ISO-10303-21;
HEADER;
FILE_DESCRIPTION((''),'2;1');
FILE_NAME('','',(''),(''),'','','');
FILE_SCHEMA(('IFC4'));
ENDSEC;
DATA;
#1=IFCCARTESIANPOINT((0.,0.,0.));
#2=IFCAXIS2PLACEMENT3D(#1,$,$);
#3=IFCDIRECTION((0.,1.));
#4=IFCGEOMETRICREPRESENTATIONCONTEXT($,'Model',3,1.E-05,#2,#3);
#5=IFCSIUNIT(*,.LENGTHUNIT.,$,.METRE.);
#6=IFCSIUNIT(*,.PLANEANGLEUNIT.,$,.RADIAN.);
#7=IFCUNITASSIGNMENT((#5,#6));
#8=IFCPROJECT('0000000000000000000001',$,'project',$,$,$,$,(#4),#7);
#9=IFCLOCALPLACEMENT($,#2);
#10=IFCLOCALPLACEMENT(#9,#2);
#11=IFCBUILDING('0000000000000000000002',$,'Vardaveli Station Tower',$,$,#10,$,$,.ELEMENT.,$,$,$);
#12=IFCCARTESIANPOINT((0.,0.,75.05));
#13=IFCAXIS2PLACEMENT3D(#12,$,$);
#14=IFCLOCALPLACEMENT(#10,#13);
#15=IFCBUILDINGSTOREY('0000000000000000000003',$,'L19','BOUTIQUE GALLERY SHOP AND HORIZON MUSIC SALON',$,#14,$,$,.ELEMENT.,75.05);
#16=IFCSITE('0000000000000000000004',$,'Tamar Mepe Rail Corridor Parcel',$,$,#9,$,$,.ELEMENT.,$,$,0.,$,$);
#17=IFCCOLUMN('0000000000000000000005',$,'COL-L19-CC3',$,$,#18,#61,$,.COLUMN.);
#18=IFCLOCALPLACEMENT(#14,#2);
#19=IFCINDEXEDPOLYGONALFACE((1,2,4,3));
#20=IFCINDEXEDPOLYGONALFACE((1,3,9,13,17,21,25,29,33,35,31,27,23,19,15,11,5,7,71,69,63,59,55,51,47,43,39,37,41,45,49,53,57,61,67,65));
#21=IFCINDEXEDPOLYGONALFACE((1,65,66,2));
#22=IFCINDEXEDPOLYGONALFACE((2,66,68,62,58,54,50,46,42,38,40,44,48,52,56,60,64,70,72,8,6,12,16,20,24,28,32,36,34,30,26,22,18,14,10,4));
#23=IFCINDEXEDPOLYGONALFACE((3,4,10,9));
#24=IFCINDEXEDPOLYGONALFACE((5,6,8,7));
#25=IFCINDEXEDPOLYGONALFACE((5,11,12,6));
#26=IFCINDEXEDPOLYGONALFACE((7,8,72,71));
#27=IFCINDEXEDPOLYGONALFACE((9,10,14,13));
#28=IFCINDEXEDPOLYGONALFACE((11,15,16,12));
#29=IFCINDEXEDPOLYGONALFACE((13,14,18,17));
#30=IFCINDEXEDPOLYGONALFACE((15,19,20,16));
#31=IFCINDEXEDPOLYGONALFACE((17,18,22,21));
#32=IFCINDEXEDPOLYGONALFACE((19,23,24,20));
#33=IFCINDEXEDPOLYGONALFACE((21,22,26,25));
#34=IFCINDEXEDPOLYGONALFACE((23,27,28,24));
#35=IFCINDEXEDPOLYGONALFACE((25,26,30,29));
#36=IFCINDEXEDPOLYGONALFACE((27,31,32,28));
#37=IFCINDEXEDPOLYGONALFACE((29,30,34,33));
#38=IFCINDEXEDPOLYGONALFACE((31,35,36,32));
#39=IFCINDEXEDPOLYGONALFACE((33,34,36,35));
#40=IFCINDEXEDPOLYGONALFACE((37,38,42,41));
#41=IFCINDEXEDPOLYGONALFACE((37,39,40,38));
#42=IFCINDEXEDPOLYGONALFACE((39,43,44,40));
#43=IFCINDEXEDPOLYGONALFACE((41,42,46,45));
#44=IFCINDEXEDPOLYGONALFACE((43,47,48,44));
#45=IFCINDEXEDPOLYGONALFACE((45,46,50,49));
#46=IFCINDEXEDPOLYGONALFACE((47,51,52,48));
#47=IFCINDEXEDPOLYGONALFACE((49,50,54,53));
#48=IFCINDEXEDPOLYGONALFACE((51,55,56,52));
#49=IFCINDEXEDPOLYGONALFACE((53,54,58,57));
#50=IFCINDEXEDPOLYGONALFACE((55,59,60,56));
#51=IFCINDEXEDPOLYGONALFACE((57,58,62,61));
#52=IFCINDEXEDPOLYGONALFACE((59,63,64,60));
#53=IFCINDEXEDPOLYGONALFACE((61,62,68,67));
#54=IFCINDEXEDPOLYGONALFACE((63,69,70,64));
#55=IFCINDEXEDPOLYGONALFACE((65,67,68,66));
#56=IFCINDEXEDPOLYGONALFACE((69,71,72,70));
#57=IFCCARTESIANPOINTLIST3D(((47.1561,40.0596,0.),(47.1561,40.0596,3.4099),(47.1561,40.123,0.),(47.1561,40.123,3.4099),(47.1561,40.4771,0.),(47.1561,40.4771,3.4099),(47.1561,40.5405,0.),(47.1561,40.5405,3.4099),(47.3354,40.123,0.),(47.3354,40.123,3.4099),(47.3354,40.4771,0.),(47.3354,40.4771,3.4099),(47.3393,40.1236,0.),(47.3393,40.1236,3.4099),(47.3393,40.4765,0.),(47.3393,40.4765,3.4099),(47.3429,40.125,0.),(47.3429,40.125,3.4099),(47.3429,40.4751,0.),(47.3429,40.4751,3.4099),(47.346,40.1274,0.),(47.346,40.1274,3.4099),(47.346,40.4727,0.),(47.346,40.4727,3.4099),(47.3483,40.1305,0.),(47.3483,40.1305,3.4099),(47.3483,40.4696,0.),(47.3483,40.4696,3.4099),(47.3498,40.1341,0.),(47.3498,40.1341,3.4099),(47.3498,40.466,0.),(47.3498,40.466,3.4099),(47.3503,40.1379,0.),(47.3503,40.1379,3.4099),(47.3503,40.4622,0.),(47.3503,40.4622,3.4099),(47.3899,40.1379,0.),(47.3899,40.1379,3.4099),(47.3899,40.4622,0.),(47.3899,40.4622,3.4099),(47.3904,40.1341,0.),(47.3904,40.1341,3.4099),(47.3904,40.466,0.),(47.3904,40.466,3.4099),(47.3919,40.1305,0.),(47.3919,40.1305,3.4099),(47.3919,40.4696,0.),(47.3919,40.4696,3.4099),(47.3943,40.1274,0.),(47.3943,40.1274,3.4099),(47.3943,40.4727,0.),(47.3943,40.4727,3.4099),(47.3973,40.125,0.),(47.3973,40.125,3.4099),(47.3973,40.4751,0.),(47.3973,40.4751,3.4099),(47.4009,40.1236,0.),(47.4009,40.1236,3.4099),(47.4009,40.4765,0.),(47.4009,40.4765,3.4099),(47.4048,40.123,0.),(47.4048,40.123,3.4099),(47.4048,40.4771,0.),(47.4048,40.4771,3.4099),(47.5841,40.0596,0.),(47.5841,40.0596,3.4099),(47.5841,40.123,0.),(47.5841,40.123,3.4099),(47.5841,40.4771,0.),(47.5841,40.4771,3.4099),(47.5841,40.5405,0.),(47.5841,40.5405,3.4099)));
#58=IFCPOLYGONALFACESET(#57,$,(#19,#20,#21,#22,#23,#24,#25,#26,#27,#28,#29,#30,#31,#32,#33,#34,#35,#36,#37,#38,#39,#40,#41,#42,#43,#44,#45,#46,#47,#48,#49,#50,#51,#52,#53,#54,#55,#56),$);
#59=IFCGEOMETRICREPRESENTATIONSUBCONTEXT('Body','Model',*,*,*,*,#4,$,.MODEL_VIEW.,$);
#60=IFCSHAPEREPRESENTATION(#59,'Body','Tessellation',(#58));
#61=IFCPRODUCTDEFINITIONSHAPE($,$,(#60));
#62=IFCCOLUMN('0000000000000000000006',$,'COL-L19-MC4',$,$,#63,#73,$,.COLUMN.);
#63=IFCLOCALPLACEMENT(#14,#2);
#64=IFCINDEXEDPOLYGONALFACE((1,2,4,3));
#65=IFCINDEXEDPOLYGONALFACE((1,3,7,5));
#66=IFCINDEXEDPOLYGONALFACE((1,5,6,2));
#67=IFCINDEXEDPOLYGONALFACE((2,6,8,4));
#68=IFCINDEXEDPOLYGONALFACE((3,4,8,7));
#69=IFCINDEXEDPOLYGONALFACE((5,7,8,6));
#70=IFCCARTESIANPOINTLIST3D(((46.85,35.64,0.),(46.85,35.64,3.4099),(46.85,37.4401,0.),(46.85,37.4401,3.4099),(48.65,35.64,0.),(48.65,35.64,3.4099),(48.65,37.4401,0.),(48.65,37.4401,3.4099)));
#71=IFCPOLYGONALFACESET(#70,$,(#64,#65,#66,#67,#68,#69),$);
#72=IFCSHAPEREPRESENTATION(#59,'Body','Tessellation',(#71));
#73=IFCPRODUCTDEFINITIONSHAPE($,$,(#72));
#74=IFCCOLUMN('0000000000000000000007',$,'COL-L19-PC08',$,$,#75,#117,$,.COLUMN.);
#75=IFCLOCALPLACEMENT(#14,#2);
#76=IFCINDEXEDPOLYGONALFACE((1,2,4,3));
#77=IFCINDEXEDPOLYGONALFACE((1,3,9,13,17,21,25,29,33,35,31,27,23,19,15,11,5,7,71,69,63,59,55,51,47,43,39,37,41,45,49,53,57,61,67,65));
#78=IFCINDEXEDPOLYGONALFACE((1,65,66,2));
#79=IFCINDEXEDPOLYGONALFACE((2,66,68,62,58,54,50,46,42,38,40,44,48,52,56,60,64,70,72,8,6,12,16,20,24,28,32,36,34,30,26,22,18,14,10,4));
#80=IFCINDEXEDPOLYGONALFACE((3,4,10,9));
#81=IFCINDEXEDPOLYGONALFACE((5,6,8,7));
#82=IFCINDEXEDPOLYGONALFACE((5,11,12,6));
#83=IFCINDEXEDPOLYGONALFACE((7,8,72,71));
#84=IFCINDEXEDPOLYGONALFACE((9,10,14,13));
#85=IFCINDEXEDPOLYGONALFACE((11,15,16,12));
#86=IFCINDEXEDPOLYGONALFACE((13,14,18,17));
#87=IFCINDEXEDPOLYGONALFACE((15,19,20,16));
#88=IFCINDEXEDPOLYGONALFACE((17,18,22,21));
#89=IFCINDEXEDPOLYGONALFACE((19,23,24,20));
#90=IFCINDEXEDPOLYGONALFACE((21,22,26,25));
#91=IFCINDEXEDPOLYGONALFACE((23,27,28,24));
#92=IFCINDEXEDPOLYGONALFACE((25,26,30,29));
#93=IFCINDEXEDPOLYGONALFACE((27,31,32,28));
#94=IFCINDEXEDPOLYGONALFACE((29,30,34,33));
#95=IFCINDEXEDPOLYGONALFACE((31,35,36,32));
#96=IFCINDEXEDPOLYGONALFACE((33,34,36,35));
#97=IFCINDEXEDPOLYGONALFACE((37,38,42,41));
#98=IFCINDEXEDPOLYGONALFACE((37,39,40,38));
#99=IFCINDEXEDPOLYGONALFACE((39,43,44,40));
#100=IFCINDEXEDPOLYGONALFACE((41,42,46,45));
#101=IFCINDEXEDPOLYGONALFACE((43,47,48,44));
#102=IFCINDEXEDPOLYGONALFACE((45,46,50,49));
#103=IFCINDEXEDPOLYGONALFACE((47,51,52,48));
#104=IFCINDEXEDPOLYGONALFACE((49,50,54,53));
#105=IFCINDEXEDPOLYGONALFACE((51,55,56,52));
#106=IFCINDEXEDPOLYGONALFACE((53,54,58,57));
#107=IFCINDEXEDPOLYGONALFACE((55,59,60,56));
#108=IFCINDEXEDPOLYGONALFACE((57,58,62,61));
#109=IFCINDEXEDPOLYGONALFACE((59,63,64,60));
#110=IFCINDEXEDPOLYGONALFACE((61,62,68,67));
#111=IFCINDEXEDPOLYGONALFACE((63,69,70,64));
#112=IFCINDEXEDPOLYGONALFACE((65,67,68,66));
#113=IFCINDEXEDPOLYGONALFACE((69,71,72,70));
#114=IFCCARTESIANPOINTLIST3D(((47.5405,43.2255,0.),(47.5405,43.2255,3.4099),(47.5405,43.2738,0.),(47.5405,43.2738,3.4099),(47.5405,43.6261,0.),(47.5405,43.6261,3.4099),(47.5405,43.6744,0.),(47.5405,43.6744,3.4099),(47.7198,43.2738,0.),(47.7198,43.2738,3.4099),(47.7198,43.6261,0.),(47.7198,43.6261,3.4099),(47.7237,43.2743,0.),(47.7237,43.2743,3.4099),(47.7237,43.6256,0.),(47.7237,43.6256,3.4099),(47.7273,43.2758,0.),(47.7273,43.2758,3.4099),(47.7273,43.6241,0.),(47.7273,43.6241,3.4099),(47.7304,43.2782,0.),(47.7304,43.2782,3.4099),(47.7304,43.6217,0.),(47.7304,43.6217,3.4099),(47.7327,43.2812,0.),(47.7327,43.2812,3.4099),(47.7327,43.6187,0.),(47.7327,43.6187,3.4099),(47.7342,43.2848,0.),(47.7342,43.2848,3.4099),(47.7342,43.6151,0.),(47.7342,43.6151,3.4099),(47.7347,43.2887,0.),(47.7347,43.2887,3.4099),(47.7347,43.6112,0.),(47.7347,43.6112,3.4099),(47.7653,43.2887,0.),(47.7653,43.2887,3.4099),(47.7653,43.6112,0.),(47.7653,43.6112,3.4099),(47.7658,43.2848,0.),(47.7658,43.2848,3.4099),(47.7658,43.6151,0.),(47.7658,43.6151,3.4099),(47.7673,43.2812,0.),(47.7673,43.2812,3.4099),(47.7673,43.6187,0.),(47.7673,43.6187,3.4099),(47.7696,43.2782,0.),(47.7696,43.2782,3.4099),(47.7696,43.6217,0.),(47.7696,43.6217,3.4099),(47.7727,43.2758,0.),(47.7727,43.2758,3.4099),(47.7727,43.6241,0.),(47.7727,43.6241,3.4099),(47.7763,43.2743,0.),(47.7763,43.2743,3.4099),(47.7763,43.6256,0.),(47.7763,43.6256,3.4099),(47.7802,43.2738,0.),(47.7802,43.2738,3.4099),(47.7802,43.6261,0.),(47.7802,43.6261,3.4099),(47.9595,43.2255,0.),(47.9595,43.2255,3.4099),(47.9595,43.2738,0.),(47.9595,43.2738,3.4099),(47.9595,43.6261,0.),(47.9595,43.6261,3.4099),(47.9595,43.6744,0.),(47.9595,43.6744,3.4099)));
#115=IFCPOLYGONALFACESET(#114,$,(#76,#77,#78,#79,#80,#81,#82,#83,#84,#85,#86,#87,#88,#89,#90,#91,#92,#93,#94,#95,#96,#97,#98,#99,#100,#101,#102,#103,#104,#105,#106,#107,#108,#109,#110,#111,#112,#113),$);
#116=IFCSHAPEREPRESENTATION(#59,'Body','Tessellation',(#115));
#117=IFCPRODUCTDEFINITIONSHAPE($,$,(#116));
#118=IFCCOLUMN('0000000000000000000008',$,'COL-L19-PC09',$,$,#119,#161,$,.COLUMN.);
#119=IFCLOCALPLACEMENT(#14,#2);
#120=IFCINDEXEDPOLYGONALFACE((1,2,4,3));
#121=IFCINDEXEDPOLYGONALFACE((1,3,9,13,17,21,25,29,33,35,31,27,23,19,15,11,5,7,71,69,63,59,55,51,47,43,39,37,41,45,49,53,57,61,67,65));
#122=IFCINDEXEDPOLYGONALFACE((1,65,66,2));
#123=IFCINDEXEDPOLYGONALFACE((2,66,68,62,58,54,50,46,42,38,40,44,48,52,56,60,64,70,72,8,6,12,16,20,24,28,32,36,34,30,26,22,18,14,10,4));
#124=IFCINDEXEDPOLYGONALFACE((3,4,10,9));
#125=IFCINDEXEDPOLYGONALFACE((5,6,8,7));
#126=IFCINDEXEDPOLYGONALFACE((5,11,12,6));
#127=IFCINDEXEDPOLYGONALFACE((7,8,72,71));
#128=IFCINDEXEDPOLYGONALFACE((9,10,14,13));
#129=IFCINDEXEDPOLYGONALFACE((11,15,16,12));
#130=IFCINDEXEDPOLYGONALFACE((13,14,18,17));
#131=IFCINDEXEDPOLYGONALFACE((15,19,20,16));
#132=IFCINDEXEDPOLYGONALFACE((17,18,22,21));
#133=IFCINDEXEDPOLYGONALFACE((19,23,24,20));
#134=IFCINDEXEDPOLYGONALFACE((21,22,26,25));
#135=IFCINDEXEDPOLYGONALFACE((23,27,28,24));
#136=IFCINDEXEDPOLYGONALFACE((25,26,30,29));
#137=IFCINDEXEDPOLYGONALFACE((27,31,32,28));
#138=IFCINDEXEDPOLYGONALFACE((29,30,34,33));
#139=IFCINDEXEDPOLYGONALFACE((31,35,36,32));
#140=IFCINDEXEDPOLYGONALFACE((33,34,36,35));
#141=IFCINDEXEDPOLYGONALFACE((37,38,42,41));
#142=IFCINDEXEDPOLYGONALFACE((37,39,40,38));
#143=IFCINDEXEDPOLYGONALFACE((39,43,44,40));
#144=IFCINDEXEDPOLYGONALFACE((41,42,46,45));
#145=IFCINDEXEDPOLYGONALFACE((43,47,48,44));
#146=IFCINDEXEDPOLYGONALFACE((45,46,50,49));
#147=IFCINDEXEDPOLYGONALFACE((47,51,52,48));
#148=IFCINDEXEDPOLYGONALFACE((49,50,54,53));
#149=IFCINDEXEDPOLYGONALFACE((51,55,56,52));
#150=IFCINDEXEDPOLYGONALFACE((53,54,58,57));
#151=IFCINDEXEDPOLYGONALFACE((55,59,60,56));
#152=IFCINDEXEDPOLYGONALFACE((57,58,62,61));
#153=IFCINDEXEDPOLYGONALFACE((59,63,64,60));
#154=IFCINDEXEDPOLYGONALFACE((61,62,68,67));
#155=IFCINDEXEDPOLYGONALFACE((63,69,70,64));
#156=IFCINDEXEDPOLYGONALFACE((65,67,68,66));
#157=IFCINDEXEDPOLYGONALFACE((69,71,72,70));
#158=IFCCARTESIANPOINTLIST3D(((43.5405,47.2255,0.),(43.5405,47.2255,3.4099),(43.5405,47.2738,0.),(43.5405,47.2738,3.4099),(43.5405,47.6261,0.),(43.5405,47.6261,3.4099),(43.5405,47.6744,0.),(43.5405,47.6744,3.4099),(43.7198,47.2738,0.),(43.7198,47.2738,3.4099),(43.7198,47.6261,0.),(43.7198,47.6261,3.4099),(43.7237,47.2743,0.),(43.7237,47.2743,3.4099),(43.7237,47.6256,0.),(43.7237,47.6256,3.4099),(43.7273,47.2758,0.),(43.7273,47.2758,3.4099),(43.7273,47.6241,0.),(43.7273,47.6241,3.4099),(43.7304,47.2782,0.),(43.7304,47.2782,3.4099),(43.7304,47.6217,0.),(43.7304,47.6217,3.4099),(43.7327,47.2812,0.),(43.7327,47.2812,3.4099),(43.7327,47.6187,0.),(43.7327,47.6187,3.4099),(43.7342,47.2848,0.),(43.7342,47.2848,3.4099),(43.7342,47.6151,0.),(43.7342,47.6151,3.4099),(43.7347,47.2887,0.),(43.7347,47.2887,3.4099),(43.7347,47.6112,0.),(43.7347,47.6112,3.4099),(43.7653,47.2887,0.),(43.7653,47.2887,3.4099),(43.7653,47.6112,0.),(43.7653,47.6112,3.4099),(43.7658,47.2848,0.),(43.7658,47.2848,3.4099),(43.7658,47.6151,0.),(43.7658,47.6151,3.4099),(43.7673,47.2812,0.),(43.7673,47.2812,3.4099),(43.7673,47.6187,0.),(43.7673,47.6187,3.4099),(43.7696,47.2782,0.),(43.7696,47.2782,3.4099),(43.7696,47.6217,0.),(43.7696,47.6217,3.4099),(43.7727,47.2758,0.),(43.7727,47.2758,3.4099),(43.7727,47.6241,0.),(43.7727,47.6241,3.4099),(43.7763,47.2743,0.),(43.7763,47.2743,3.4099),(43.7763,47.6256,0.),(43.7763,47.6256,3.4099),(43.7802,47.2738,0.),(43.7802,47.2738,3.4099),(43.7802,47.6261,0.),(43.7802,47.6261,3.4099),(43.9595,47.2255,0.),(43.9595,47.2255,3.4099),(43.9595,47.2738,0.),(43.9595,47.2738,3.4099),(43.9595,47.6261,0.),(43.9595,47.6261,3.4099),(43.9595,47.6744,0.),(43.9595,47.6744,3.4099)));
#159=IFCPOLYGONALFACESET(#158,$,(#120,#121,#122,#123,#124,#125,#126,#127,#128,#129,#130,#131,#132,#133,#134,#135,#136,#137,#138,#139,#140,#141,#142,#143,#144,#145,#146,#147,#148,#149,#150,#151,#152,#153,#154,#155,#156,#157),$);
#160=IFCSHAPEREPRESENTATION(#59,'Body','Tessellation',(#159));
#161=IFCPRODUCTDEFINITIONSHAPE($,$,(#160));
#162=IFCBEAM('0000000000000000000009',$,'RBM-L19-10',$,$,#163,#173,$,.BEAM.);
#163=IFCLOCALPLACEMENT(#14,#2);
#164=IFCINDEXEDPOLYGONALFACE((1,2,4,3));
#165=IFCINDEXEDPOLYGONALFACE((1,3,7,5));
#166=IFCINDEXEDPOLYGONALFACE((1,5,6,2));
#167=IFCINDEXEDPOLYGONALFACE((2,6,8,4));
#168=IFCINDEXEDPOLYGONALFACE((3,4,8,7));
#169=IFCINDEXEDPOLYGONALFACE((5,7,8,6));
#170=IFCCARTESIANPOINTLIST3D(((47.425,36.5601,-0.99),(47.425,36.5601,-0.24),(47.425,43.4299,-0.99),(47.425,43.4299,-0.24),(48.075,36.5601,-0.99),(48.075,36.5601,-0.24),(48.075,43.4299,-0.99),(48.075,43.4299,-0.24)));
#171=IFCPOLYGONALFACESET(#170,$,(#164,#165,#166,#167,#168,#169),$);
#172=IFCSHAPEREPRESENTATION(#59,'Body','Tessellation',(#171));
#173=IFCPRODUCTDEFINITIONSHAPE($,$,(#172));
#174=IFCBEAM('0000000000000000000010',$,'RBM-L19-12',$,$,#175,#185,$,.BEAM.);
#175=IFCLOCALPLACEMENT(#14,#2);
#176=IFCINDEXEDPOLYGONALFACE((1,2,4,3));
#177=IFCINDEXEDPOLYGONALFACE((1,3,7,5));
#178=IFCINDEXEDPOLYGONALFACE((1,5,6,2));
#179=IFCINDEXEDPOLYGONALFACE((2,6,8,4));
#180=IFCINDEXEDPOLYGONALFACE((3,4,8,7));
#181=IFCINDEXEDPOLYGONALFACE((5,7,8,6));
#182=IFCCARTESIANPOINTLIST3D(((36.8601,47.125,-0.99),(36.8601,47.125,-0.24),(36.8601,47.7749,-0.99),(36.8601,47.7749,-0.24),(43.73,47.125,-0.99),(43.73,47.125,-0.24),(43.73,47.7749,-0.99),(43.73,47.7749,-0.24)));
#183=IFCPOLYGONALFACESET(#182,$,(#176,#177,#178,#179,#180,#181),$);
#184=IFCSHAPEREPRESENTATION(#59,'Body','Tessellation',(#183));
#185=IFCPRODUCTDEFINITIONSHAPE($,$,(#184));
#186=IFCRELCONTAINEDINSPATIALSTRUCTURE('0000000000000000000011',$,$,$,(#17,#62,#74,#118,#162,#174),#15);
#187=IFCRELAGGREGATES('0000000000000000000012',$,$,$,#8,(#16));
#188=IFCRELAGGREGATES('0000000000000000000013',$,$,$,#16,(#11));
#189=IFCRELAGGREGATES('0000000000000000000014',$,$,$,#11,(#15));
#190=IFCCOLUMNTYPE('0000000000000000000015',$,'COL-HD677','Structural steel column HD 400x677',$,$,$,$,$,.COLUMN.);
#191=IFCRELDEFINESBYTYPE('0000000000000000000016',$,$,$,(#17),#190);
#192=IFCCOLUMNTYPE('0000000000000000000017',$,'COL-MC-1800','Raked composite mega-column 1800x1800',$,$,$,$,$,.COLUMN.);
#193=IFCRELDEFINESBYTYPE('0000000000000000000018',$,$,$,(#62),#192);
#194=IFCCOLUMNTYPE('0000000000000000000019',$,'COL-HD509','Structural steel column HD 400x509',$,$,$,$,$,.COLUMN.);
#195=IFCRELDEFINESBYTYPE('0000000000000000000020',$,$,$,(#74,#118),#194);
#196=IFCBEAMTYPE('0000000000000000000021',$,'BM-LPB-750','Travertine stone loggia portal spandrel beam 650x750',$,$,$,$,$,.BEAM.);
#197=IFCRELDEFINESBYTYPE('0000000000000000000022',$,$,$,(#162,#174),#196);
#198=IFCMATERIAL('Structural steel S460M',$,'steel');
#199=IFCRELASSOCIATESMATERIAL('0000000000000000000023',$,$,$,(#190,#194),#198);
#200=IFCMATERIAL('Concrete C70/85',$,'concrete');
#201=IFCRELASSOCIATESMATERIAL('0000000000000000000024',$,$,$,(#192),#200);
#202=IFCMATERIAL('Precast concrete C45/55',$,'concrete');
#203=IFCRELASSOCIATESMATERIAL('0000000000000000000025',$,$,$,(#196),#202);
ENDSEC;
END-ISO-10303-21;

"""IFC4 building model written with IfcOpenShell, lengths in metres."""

from ifc_helpers import new_model, si_unit, direction, frame, origin, origin_2d, place, context, subcontext, project, spatial, rectangle, i_section, extrude, source, transform, mapped, material, material_profile, profile_set, type_object, element, save


model = new_model("IFC4")

# Units and contexts
model_context = context("Model", 3, precision=1e-05, world=origin(), true_north=direction((0.0, 1.0)))
body_context = subcontext(model_context, "Body", "Model", "MODEL_VIEW")
ifc_project = project(units=[si_unit("LENGTHUNIT", "METRE"), si_unit("PLANEANGLEUNIT", "RADIAN")], contexts=[model_context])

# Site, building, storey
site_placement = place(None, origin())
site = spatial("IfcSite", under=ifc_project, at=site_placement, Name="Tamar Mepe Rail Corridor Parcel", CompositionType="ELEMENT", RefElevation=0.0)
building_placement = place(site_placement, origin())
building = spatial("IfcBuilding", under=site, at=building_placement, Name="Vardaveli Station Tower", CompositionType="ELEMENT")
storey_placement = place(building_placement, frame((0.0, 0.0, 75.05)))
storey = spatial("IfcBuildingStorey", under=building, at=storey_placement, Name="L19", Description="BOUTIQUE GALLERY SHOP AND HORIZON MUSIC SALON", CompositionType="ELEMENT", Elevation=75.05)

# Columns
ifc_material_1 = material(Name="Structural steel S460M", Category="steel")
ifc_material_profile_1 = material_profile(ifc_material_1, i_section(OverallWidth=0.428, OverallDepth=0.481, WebThickness=0.0396, FlangeThickness=0.0635, FilletRadius=0.0149, at=origin_2d()), Name="HD 400x677")
ifc_profile_set_1 = profile_set([ifc_material_profile_1], Name="Structural steel S460M")
column_type_1 = type_object("IfcColumnType", Name="COL-HD677", Description="Structural steel column HD 400x677", PredefinedType="COLUMN", material=ifc_profile_set_1)
shared_shape_1 = source(origin(), body_context, "Body", "SweptSolid", [
    extrude(i_section(OverallWidth=0.428, OverallDepth=0.481, WebThickness=0.0396, FlangeThickness=0.0635, FilletRadius=0.0149, at=origin_2d()), origin(), (0.0, 0.0, 1.0), 3.4099),
])
column_1_placement = place(storey_placement, frame((47.3701, 40.3, 0.0), z_axis=(0.0, 0.0, 1.0), x_axis=(1.0, 0.0, 0.0)))
element("IfcColumn", 1, at=column_1_placement, inside=storey, type_object=column_type_1, Name="COL-L19-CC3", PredefinedType="COLUMN", context=body_context, shape_type="MappedRepresentation", body=[
    mapped(shared_shape_1, transform((0.0, 0.0, 0.0), scale=1.0)),
])
ifc_material_2 = material(Name="Concrete C70/85", Category="concrete")
ifc_material_profile_2 = material_profile(ifc_material_2, rectangle(XDim=1.8, YDim=1.8, at=origin_2d()), Name="MC 1800x1800")
ifc_profile_set_2 = profile_set([ifc_material_profile_2], Name="Concrete C70/85")
column_type_2 = type_object("IfcColumnType", Name="COL-MC-1800", Description="Raked composite mega-column 1800x1800", PredefinedType="COLUMN", material=ifc_profile_set_2)
shared_shape_2 = source(origin(), body_context, "Body", "SweptSolid", [
    extrude(rectangle(XDim=1.8, YDim=1.8, at=origin_2d()), origin(), (0.0, 0.0, 1.0), 3.4099),
])
column_2_placement = place(storey_placement, frame((47.75, 36.54, 0.0), z_axis=(0.0, 0.0, 1.0), x_axis=(1.0, 0.0, 0.0)))
element("IfcColumn", 2, at=column_2_placement, inside=storey, type_object=column_type_2, Name="COL-L19-MC4", PredefinedType="COLUMN", context=body_context, shape_type="MappedRepresentation", body=[
    mapped(shared_shape_2, transform((0.0, 0.0, 0.0), scale=1.0)),
])
ifc_material_profile_3 = material_profile(ifc_material_1, i_section(OverallWidth=0.4189, OverallDepth=0.449, WebThickness=0.0305, FlangeThickness=0.0483, FilletRadius=0.0149, at=origin_2d()), Name="HD 400x509")
ifc_profile_set_3 = profile_set([ifc_material_profile_3], Name="Structural steel S460M")
column_type_3 = type_object("IfcColumnType", Name="COL-HD509", Description="Structural steel column HD 400x509", PredefinedType="COLUMN", material=ifc_profile_set_3)
shared_shape_3 = source(origin(), body_context, "Body", "SweptSolid", [
    extrude(i_section(OverallWidth=0.4189, OverallDepth=0.449, WebThickness=0.0305, FlangeThickness=0.0483, FilletRadius=0.0149, at=origin_2d()), origin(), (0.0, 0.0, 1.0), 3.4099),
])
for number, where, z_axis, x_axis, name in (
    (3, (47.75, 43.45, 0.0), (0.0, 0.0, 1.0), (1.0, 0.0, 0.0), "COL-L19-PC08"),
    (4, (43.75, 47.45, 0.0), (0.0, 0.0, 1.0), (1.0, 0.0, 0.0), "COL-L19-PC09"),
):
    element("IfcColumn", number, at=place(storey_placement, frame(where, z_axis=z_axis, x_axis=x_axis)), inside=storey, type_object=column_type_3, Name=name, PredefinedType="COLUMN", context=body_context, shape_type="MappedRepresentation", body=[
        mapped(shared_shape_3, transform((0.0, 0.0, 0.0), scale=1.0)),
    ])

# Beams
ifc_material_3 = material(Name="Precast concrete C45/55", Category="concrete")
ifc_material_profile_4 = material_profile(ifc_material_3, rectangle(XDim=0.6499, YDim=0.75, at=origin_2d()), Name="LPB 650x750")
ifc_profile_set_4 = profile_set([ifc_material_profile_4], Name="Precast concrete C45/55")
beam_type = type_object("IfcBeamType", Name="BM-LPB-750", Description="Travertine stone loggia portal spandrel beam 650x750", PredefinedType="BEAM", material=ifc_profile_set_4)
shared_shape_4 = source(origin(), body_context, "Body", "SweptSolid", [
    extrude(rectangle(XDim=0.6499, YDim=0.75, at=origin_2d()), origin(), (0.0, 0.0, 1.0), 6.8699),
])
for number, where, z_axis, x_axis, name in (
    (5, (47.75, 36.5601, -0.615), (0.0, 1.0, 0.0), (-1.0, 0.0, 0.0), "RBM-L19-10"),
    (6, (43.73, 47.45, -0.615), (-1.0, 0.0, 0.0), (0.0, -1.0, 0.0), "RBM-L19-12"),
):
    element("IfcBeam", number, at=place(storey_placement, frame(where, z_axis=z_axis, x_axis=x_axis)), inside=storey, type_object=beam_type, Name=name, PredefinedType="BEAM", context=body_context, shape_type="MappedRepresentation", body=[
        mapped(shared_shape_4, transform((0.0, 0.0, 0.0), scale=1.0)),
    ])

save(model, "model.ifc")
